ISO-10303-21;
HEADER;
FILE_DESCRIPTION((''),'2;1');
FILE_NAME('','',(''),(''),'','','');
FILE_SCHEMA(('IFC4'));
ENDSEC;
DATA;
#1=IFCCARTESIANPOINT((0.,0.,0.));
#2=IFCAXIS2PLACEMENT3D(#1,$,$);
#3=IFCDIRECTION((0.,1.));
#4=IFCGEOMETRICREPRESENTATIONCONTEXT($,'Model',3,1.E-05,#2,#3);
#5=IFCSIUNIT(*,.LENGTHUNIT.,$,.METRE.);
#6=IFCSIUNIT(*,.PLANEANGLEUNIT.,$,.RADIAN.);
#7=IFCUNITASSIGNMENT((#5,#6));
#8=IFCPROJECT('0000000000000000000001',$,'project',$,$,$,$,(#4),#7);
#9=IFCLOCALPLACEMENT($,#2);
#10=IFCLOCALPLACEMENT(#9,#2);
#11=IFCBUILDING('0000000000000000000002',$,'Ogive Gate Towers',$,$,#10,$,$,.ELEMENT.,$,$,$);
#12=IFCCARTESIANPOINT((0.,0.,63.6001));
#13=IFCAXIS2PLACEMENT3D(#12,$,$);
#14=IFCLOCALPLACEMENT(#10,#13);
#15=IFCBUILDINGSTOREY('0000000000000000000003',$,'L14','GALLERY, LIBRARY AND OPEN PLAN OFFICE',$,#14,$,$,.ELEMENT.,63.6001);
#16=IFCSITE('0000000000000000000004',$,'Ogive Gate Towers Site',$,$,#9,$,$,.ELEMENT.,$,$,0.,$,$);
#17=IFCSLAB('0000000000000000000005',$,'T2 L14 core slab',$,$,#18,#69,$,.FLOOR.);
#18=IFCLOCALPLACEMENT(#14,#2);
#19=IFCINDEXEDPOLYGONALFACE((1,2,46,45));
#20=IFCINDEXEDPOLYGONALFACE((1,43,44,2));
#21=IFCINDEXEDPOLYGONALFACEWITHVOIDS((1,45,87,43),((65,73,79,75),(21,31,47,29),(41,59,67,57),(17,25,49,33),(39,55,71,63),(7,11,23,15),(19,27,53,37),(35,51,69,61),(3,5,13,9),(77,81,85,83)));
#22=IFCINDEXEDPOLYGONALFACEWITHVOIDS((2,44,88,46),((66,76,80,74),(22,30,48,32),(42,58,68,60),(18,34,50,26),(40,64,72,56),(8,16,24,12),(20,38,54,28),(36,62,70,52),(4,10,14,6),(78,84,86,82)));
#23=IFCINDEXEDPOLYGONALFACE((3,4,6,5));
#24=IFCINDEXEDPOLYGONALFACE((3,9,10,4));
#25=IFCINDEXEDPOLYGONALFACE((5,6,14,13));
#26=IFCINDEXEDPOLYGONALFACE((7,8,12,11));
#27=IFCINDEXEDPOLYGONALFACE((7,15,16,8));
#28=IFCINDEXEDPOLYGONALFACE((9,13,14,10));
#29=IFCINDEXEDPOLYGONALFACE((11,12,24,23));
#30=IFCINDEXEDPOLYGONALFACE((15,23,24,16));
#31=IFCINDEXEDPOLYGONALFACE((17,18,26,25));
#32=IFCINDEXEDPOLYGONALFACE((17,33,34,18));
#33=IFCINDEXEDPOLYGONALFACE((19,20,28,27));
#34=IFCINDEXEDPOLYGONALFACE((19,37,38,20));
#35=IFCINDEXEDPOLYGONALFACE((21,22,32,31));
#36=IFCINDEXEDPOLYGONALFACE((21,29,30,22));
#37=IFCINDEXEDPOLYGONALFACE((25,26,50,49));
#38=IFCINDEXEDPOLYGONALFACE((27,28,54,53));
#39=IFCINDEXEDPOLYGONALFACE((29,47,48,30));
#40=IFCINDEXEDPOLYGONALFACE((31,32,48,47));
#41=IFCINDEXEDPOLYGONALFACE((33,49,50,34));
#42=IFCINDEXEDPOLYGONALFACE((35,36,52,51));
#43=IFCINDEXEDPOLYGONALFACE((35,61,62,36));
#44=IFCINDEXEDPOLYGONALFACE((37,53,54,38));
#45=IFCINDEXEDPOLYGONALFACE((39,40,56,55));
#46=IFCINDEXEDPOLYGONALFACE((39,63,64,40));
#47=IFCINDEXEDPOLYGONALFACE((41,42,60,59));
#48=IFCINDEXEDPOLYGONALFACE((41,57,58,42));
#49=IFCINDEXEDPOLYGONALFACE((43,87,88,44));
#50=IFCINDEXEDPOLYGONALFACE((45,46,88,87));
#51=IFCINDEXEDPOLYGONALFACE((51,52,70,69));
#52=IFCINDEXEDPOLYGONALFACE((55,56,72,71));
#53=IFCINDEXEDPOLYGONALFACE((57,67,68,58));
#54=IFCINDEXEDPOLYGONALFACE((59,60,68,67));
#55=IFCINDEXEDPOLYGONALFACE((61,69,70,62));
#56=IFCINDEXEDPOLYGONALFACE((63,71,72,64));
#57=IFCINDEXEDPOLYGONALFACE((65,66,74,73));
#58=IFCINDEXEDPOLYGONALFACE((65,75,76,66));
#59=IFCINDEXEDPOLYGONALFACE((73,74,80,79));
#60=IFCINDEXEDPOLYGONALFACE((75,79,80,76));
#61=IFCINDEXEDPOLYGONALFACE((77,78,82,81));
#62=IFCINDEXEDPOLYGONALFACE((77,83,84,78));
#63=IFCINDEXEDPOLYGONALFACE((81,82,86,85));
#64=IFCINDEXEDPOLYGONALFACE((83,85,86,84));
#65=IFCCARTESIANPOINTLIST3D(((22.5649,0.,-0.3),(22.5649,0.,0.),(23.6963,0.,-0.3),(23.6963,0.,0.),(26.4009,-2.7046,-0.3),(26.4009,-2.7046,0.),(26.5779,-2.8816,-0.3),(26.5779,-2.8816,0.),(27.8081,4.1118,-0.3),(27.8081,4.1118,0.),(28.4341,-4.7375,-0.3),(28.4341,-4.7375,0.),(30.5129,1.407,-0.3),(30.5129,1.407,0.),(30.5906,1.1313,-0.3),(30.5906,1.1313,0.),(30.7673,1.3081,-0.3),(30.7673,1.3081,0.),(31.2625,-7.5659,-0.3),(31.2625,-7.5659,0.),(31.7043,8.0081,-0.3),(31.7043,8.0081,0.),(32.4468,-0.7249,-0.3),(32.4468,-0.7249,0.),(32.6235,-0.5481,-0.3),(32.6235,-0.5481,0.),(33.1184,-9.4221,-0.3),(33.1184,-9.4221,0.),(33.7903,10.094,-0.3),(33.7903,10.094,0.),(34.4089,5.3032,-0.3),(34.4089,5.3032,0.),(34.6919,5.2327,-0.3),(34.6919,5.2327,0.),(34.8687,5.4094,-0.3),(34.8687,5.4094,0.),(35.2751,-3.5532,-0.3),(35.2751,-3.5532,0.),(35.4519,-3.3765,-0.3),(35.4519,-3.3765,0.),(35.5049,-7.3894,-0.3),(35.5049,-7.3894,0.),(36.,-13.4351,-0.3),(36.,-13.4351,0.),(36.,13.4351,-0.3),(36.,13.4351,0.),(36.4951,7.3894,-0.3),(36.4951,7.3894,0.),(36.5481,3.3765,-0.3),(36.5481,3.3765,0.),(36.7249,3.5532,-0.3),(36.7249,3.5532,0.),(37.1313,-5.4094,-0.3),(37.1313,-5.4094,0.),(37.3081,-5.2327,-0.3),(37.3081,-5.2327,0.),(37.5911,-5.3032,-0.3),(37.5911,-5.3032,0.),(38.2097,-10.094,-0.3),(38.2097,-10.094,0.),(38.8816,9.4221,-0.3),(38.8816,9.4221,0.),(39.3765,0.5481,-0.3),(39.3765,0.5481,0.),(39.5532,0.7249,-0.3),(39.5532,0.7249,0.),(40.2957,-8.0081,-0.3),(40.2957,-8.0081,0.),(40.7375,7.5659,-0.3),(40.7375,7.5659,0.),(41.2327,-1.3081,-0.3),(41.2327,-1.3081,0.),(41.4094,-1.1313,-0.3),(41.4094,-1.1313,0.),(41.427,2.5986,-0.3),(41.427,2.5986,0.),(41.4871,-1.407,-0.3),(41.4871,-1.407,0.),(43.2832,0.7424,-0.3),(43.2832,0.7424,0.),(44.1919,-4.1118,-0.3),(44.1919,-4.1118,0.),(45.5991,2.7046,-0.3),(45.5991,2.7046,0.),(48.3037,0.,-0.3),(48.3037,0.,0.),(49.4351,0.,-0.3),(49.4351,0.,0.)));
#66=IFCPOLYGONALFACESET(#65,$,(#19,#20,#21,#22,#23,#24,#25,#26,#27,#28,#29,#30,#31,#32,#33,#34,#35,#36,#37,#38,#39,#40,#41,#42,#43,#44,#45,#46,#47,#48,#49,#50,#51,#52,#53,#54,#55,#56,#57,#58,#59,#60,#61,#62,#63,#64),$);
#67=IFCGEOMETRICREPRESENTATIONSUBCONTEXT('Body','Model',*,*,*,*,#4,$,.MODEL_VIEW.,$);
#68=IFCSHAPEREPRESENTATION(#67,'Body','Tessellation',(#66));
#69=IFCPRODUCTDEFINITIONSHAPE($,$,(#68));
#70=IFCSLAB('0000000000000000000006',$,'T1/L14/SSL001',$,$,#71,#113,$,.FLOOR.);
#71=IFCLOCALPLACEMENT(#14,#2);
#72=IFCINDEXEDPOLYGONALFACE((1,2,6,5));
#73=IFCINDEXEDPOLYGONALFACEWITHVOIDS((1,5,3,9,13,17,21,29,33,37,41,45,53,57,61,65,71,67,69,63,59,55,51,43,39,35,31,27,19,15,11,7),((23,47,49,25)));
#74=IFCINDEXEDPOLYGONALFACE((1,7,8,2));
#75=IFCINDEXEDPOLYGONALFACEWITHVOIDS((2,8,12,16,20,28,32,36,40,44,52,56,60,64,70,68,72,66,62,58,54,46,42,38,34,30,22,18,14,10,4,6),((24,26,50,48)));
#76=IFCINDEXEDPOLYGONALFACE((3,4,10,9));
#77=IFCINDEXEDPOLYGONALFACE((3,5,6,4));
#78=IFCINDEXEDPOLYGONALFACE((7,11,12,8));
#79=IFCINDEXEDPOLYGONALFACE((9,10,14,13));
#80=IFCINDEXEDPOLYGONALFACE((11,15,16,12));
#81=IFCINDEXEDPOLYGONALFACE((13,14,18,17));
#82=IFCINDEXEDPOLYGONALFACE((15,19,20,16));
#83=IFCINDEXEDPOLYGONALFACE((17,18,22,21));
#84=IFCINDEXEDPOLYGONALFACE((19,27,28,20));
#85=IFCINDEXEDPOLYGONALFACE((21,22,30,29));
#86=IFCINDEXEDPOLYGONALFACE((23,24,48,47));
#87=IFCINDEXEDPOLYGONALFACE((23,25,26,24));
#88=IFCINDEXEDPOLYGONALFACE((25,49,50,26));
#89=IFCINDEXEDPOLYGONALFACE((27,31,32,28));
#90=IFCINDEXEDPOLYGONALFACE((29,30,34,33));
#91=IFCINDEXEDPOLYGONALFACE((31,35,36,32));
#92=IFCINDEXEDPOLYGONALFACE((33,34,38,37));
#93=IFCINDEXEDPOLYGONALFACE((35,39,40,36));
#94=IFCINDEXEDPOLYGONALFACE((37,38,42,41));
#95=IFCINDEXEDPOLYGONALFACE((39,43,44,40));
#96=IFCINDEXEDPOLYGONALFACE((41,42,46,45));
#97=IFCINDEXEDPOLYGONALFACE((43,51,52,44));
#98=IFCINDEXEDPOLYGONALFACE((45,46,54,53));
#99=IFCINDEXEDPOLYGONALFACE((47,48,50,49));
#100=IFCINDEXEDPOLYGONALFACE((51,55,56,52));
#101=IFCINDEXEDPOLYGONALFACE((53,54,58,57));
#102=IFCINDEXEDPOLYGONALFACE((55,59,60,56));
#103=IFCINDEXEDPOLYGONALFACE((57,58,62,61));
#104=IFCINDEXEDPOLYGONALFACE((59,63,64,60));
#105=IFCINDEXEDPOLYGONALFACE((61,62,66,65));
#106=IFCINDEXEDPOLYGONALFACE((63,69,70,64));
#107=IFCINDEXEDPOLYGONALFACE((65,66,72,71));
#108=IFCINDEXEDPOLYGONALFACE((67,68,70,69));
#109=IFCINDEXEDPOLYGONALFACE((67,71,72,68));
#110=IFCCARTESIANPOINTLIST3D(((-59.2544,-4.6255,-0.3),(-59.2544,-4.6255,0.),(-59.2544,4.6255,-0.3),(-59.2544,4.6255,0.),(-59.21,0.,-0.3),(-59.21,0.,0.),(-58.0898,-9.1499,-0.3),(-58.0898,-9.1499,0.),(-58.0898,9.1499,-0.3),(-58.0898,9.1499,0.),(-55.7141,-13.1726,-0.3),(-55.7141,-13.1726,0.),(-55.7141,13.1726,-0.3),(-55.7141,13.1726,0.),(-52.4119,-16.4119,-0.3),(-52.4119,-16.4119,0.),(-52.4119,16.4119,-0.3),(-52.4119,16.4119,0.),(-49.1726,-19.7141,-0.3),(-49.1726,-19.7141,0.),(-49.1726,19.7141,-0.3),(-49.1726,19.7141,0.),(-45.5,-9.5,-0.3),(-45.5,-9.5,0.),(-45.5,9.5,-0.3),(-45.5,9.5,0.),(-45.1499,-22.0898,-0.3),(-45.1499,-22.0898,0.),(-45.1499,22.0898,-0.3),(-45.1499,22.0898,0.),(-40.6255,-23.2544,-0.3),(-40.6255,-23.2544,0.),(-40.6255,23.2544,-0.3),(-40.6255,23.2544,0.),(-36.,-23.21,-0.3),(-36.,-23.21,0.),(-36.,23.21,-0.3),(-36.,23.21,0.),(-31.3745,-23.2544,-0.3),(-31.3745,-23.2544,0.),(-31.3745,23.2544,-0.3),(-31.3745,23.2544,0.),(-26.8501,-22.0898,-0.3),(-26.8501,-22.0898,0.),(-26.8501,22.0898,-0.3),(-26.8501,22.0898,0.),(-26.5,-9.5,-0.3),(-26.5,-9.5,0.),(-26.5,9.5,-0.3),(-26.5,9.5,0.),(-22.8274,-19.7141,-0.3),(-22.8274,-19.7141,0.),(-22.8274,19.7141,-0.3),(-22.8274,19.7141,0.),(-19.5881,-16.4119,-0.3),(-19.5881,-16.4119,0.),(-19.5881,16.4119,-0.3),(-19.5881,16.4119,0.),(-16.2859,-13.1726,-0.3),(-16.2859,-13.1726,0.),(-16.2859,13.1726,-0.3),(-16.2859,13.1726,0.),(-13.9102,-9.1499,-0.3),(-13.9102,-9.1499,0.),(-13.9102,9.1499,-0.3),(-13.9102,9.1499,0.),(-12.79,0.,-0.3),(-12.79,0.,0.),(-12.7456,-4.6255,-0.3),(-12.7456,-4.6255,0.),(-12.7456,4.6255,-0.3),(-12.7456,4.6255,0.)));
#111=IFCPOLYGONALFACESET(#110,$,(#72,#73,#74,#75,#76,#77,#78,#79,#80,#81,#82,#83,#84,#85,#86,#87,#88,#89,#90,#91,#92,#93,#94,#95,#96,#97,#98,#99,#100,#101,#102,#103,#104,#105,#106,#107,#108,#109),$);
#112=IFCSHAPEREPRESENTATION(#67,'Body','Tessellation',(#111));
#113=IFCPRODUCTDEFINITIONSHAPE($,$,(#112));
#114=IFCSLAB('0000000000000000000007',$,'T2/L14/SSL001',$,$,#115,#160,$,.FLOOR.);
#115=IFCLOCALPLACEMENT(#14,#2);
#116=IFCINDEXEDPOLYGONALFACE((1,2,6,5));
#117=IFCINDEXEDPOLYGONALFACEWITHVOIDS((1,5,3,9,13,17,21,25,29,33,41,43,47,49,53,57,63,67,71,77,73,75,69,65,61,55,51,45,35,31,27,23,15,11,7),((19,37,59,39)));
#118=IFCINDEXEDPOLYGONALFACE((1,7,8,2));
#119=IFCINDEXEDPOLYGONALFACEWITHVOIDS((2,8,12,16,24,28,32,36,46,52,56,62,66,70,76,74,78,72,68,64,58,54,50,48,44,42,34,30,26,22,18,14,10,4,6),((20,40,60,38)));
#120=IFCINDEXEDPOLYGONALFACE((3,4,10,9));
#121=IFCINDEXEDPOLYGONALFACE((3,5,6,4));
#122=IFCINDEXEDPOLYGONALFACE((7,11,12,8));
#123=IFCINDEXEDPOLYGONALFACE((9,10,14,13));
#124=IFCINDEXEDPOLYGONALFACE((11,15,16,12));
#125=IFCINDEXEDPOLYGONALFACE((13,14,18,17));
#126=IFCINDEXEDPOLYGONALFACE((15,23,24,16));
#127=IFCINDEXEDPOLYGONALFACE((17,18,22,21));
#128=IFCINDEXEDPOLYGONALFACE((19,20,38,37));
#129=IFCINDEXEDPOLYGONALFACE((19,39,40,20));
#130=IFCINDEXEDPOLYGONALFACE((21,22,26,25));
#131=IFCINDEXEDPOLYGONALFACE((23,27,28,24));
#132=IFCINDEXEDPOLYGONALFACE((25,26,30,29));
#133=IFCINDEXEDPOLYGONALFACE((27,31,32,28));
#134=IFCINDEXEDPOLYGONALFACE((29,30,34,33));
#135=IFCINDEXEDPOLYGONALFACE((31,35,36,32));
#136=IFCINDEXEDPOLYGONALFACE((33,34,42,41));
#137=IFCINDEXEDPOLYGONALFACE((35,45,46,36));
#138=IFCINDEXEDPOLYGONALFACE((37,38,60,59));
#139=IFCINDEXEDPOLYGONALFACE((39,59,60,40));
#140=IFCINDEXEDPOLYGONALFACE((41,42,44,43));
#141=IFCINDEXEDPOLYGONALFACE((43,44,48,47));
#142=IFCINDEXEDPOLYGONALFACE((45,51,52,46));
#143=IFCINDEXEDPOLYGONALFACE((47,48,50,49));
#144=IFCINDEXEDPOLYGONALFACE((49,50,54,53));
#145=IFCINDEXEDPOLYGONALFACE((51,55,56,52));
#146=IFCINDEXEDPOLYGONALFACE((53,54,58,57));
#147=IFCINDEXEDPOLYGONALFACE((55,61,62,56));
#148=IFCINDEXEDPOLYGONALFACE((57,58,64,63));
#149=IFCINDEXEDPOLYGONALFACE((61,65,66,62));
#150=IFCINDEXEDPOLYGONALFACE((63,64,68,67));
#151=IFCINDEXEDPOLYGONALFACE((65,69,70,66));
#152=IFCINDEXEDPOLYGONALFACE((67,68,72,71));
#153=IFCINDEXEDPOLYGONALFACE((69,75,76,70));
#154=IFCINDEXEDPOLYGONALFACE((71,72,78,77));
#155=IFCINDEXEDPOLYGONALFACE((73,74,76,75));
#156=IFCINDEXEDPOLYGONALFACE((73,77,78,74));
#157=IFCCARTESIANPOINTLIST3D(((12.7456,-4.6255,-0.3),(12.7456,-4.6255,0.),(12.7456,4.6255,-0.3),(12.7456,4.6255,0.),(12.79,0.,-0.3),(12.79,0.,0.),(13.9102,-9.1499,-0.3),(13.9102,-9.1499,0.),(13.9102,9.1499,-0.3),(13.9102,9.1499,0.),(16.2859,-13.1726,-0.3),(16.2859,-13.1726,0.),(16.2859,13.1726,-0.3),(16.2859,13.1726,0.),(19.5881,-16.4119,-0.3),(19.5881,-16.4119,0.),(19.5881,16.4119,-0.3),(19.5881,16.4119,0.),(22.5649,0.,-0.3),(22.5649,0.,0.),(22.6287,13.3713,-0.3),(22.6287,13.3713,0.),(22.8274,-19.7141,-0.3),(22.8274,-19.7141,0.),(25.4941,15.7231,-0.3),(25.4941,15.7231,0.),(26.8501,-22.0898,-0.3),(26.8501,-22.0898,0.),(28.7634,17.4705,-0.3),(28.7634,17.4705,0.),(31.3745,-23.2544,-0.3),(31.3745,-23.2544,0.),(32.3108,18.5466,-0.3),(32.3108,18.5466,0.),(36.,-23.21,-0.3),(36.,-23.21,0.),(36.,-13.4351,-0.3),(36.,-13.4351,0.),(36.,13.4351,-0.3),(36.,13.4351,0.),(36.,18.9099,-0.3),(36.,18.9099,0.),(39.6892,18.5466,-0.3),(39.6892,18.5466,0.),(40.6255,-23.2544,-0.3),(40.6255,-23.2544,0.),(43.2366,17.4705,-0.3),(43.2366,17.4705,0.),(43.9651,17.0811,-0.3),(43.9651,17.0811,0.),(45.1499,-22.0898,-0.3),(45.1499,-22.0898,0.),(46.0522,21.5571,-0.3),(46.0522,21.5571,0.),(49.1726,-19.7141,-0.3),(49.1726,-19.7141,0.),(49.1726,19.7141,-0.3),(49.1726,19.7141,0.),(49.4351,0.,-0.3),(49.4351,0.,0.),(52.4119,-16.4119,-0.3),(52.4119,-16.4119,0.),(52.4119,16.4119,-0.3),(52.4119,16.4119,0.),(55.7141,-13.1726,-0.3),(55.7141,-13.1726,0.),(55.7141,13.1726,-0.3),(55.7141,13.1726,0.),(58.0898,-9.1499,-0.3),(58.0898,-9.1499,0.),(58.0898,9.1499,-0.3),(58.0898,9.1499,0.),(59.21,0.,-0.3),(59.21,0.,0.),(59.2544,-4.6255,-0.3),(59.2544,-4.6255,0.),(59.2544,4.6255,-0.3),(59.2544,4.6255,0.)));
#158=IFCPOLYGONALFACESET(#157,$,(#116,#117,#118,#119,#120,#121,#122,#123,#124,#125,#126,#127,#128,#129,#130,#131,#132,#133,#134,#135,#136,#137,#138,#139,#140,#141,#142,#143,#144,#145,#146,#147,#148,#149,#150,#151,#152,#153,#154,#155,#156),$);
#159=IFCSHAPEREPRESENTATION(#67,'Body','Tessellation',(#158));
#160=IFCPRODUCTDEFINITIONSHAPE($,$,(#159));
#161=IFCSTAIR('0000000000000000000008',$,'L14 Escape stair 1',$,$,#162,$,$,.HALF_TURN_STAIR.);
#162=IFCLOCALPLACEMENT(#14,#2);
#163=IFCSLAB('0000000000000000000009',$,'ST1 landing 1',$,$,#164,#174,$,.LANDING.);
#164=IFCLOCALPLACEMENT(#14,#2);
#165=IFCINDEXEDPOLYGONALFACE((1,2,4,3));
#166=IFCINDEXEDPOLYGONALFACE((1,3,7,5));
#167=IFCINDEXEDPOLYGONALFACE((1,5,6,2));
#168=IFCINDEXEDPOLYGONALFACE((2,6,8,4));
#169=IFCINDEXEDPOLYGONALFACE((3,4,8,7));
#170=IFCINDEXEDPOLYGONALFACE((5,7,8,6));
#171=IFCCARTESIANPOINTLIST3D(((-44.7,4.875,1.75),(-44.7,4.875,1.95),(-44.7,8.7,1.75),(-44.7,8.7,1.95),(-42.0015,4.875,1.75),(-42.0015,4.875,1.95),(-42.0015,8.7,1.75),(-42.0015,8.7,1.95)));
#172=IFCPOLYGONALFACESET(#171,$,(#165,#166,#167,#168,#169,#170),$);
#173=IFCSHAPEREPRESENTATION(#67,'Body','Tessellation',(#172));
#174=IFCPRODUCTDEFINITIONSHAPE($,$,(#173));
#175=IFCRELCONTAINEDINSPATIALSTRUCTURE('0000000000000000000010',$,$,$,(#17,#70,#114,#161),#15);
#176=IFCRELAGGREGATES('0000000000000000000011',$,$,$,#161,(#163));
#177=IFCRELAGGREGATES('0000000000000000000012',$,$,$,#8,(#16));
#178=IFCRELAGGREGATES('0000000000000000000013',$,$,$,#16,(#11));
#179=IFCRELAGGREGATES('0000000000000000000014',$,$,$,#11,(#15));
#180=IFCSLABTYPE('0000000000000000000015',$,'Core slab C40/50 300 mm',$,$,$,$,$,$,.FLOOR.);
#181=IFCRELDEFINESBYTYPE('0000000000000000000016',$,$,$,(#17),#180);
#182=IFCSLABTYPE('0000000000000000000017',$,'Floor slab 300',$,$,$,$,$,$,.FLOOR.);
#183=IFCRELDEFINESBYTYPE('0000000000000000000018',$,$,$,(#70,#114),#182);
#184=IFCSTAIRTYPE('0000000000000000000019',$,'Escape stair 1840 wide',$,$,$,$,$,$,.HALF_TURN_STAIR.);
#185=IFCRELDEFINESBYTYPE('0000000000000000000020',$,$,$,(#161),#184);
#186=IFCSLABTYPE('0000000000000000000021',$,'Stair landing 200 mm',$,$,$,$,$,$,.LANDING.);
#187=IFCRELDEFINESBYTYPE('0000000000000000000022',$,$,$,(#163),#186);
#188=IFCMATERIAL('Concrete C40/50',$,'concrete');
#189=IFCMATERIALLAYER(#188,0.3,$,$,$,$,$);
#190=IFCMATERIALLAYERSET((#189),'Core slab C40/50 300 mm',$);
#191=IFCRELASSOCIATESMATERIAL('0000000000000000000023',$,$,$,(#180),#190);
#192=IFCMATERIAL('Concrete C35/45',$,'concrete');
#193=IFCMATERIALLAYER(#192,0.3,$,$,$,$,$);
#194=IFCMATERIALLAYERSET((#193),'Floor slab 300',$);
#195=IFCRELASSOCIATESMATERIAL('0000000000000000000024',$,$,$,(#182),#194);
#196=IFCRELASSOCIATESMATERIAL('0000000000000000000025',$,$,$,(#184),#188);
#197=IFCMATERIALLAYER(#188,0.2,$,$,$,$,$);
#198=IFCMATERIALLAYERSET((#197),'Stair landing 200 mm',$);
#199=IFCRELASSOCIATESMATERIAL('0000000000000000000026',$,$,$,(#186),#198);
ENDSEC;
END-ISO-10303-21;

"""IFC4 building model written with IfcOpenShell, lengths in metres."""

from ifc_helpers import new_model, si_unit, direction, frame, origin, place, context, subcontext, project, spatial, polyline, outline, extrude, material, layer, layer_set, type_object, element, aggregate, save


model = new_model("IFC4")

# Units and contexts
model_context = context("Model", 3, precision=1e-05, world=origin(), true_north=direction((0.0, 1.0)))
body_context = subcontext(model_context, "Body", "Model", "MODEL_VIEW")
ifc_project = project(units=[si_unit("LENGTHUNIT", "METRE"), si_unit("PLANEANGLEUNIT", "RADIAN")], contexts=[model_context])

# Site, building, storey
site_placement = place(None, origin())
site = spatial("IfcSite", under=ifc_project, at=site_placement, Name="Ogive Gate Towers Site", CompositionType="ELEMENT", RefElevation=0.0)
building_placement = place(site_placement, origin())
building = spatial("IfcBuilding", under=site, at=building_placement, Name="Ogive Gate Towers", CompositionType="ELEMENT")
storey_placement = place(building_placement, frame((0.0, 0.0, 63.6001)))
storey = spatial("IfcBuildingStorey", under=building, at=storey_placement, Name="L14", Description="GALLERY, LIBRARY AND OPEN PLAN OFFICE", CompositionType="ELEMENT", Elevation=63.6001)

# Slabs
ifc_material_1 = material(Name="Concrete C40/50", Category="concrete")
ifc_layer_1 = layer(ifc_material_1, 0.3)
ifc_layer_set_1 = layer_set([ifc_layer_1], Name="Core slab C40/50 300 mm")
slab_type_1 = type_object("IfcSlabType", Name="Core slab C40/50 300 mm", PredefinedType="FLOOR", material=ifc_layer_set_1)
slab_1_placement = place(storey_placement, frame((0.0, 0.0, -0.3)))
element("IfcSlab", 1, at=slab_1_placement, inside=storey, type_object=slab_type_1, Name="T2 L14 core slab", PredefinedType="FLOOR", context=body_context, shape_type="SweptSolid", body=[
    extrude(outline(polyline([(36.0, 13.4351), (49.4351, 0.0), (36.0, -13.4351), (22.5649, 0.0), (36.0, 13.4351)]), holes=[polyline([(30.5906, 1.1313), (26.5779, -2.8816), (28.4341, -4.7375), (32.4468, -0.7249), (30.5906, 1.1313)]), polyline([(36.5481, 3.3765), (34.6919, 5.2327), (30.7673, 1.3081), (32.6235, -0.5481), (36.5481, 3.3765)]), polyline([(36.7249, 3.5532), (40.7375, 7.5659), (38.8816, 9.4221), (34.8687, 5.4094), (36.7249, 3.5532)]), polyline([(31.2625, -7.5659), (33.1184, -9.4221), (37.1313, -5.4094), (35.2751, -3.5532), (31.2625, -7.5659)]), polyline([(39.3765, 0.5481), (35.4519, -3.3765), (37.3081, -5.2327), (41.2327, -1.3081), (39.3765, 0.5481)]), polyline([(43.2832, 0.7424), (41.427, 2.5986), (39.5532, 0.7249), (41.4094, -1.1313), (43.2832, 0.7424)]), polyline([(34.4089, 5.3032), (36.4951, 7.3894), (33.7903, 10.094), (31.7043, 8.0081), (34.4089, 5.3032)]), polyline([(35.5049, -7.3894), (38.2097, -10.094), (40.2957, -8.0081), (37.5911, -5.3032), (35.5049, -7.3894)]), polyline([(26.4009, -2.7046), (30.5129, 1.407), (27.8081, 4.1118), (23.6963, 0.0), (26.4009, -2.7046)]), polyline([(48.3037, 0.0), (45.5991, 2.7046), (41.4871, -1.407), (44.1919, -4.1118), (48.3037, 0.0)])]), origin(), (0.0, 0.0, 1.0), 0.3),
])
ifc_material_2 = material(Name="Concrete C35/45", Category="concrete")
ifc_layer_2 = layer(ifc_material_2, 0.3)
ifc_layer_set_2 = layer_set([ifc_layer_2], Name="Floor slab 300")
slab_type_2 = type_object("IfcSlabType", Name="Floor slab 300", PredefinedType="FLOOR", material=ifc_layer_set_2)
slab_2_placement = place(storey_placement, frame((0.0, 0.0, -0.3)))
element("IfcSlab", 2, at=slab_2_placement, inside=storey, type_object=slab_type_2, Name="T1/L14/SSL001", PredefinedType="FLOOR", context=body_context, shape_type="SweptSolid", body=[
    extrude(outline(polyline([(-12.7456, -4.6255), (-12.79, 0.0), (-12.7456, 4.6255), (-13.9102, 9.1499), (-16.2859, 13.1726), (-19.5881, 16.4119), (-22.8274, 19.7141), (-26.8501, 22.0898), (-31.3745, 23.2544), (-36.0, 23.21), (-40.6255, 23.2544), (-45.1499, 22.0898), (-49.1726, 19.7141), (-52.4119, 16.4119), (-55.7141, 13.1726), (-58.0898, 9.1499), (-59.2544, 4.6255), (-59.21, 0.0), (-59.2544, -4.6255), (-58.0898, -9.1499), (-55.7141, -13.1726), (-52.4119, -16.4119), (-49.1726, -19.7141), (-45.1499, -22.0898), (-40.6255, -23.2544), (-36.0, -23.21), (-31.3745, -23.2544), (-26.8501, -22.0898), (-22.8274, -19.7141), (-19.5881, -16.4119), (-16.2859, -13.1726), (-13.9102, -9.1499), (-12.7456, -4.6255)]), holes=[polyline([(-26.5, -9.5), (-45.5, -9.5), (-45.5, 9.5), (-26.5, 9.5), (-26.5, -9.5)])]), origin(), (0.0, 0.0, 1.0), 0.3),
])
slab_3_placement = place(storey_placement, frame((0.0, 0.0, -0.3)))
element("IfcSlab", 3, at=slab_3_placement, inside=storey, type_object=slab_type_2, Name="T2/L14/SSL001", PredefinedType="FLOOR", context=body_context, shape_type="SweptSolid", body=[
    extrude(outline(polyline([(52.4119, 16.4119), (49.1726, 19.7141), (46.0522, 21.5571), (43.9651, 17.0811), (43.2366, 17.4705), (39.6892, 18.5466), (36.0, 18.9099), (32.3108, 18.5466), (28.7634, 17.4705), (25.4941, 15.7231), (22.6287, 13.3713), (19.5881, 16.4119), (16.2859, 13.1726), (13.9102, 9.1499), (12.7456, 4.6255), (12.79, 0.0), (12.7456, -4.6255), (13.9102, -9.1499), (16.2859, -13.1726), (19.5881, -16.4119), (22.8274, -19.7141), (26.8501, -22.0898), (31.3745, -23.2544), (36.0, -23.21), (40.6255, -23.2544), (45.1499, -22.0898), (49.1726, -19.7141), (52.4119, -16.4119), (55.7141, -13.1726), (58.0898, -9.1499), (59.2544, -4.6255), (59.21, 0.0), (59.2544, 4.6255), (58.0898, 9.1499), (55.7141, 13.1726), (52.4119, 16.4119)]), holes=[polyline([(49.4351, 0.0), (36.0, -13.4351), (22.5649, 0.0), (36.0, 13.4351), (49.4351, 0.0)])]), origin(), (0.0, 0.0, 1.0), 0.3),
])

# Stair, slab
stair_type = type_object("IfcStairType", Name="Escape stair 1840 wide", PredefinedType="HALF_TURN_STAIR", material=ifc_material_1)
stair_placement = place(storey_placement, origin())
stair = element("IfcStair", 4, at=stair_placement, inside=storey, type_object=stair_type, Name="L14 Escape stair 1", PredefinedType="HALF_TURN_STAIR")
ifc_layer_3 = layer(ifc_material_1, 0.2)
ifc_layer_set_3 = layer_set([ifc_layer_3], Name="Stair landing 200 mm")
slab_type_3 = type_object("IfcSlabType", Name="Stair landing 200 mm", PredefinedType="LANDING", material=ifc_layer_set_3)
slab_4_placement = place(storey_placement, frame((0.0, 0.0, 1.75)))
slab_4 = element("IfcSlab", 5, at=slab_4_placement, type_object=slab_type_3, Name="ST1 landing 1", PredefinedType="LANDING", context=body_context, shape_type="SweptSolid", body=[
    extrude(outline(polyline([(-42.0015, 8.7), (-44.7, 8.7), (-44.7, 4.875), (-42.0015, 4.875), (-42.0015, 8.7)])), origin(), (0.0, 0.0, 1.0), 0.2),
])
aggregate(stair, [slab_4])

save(model, "model.ifc")
